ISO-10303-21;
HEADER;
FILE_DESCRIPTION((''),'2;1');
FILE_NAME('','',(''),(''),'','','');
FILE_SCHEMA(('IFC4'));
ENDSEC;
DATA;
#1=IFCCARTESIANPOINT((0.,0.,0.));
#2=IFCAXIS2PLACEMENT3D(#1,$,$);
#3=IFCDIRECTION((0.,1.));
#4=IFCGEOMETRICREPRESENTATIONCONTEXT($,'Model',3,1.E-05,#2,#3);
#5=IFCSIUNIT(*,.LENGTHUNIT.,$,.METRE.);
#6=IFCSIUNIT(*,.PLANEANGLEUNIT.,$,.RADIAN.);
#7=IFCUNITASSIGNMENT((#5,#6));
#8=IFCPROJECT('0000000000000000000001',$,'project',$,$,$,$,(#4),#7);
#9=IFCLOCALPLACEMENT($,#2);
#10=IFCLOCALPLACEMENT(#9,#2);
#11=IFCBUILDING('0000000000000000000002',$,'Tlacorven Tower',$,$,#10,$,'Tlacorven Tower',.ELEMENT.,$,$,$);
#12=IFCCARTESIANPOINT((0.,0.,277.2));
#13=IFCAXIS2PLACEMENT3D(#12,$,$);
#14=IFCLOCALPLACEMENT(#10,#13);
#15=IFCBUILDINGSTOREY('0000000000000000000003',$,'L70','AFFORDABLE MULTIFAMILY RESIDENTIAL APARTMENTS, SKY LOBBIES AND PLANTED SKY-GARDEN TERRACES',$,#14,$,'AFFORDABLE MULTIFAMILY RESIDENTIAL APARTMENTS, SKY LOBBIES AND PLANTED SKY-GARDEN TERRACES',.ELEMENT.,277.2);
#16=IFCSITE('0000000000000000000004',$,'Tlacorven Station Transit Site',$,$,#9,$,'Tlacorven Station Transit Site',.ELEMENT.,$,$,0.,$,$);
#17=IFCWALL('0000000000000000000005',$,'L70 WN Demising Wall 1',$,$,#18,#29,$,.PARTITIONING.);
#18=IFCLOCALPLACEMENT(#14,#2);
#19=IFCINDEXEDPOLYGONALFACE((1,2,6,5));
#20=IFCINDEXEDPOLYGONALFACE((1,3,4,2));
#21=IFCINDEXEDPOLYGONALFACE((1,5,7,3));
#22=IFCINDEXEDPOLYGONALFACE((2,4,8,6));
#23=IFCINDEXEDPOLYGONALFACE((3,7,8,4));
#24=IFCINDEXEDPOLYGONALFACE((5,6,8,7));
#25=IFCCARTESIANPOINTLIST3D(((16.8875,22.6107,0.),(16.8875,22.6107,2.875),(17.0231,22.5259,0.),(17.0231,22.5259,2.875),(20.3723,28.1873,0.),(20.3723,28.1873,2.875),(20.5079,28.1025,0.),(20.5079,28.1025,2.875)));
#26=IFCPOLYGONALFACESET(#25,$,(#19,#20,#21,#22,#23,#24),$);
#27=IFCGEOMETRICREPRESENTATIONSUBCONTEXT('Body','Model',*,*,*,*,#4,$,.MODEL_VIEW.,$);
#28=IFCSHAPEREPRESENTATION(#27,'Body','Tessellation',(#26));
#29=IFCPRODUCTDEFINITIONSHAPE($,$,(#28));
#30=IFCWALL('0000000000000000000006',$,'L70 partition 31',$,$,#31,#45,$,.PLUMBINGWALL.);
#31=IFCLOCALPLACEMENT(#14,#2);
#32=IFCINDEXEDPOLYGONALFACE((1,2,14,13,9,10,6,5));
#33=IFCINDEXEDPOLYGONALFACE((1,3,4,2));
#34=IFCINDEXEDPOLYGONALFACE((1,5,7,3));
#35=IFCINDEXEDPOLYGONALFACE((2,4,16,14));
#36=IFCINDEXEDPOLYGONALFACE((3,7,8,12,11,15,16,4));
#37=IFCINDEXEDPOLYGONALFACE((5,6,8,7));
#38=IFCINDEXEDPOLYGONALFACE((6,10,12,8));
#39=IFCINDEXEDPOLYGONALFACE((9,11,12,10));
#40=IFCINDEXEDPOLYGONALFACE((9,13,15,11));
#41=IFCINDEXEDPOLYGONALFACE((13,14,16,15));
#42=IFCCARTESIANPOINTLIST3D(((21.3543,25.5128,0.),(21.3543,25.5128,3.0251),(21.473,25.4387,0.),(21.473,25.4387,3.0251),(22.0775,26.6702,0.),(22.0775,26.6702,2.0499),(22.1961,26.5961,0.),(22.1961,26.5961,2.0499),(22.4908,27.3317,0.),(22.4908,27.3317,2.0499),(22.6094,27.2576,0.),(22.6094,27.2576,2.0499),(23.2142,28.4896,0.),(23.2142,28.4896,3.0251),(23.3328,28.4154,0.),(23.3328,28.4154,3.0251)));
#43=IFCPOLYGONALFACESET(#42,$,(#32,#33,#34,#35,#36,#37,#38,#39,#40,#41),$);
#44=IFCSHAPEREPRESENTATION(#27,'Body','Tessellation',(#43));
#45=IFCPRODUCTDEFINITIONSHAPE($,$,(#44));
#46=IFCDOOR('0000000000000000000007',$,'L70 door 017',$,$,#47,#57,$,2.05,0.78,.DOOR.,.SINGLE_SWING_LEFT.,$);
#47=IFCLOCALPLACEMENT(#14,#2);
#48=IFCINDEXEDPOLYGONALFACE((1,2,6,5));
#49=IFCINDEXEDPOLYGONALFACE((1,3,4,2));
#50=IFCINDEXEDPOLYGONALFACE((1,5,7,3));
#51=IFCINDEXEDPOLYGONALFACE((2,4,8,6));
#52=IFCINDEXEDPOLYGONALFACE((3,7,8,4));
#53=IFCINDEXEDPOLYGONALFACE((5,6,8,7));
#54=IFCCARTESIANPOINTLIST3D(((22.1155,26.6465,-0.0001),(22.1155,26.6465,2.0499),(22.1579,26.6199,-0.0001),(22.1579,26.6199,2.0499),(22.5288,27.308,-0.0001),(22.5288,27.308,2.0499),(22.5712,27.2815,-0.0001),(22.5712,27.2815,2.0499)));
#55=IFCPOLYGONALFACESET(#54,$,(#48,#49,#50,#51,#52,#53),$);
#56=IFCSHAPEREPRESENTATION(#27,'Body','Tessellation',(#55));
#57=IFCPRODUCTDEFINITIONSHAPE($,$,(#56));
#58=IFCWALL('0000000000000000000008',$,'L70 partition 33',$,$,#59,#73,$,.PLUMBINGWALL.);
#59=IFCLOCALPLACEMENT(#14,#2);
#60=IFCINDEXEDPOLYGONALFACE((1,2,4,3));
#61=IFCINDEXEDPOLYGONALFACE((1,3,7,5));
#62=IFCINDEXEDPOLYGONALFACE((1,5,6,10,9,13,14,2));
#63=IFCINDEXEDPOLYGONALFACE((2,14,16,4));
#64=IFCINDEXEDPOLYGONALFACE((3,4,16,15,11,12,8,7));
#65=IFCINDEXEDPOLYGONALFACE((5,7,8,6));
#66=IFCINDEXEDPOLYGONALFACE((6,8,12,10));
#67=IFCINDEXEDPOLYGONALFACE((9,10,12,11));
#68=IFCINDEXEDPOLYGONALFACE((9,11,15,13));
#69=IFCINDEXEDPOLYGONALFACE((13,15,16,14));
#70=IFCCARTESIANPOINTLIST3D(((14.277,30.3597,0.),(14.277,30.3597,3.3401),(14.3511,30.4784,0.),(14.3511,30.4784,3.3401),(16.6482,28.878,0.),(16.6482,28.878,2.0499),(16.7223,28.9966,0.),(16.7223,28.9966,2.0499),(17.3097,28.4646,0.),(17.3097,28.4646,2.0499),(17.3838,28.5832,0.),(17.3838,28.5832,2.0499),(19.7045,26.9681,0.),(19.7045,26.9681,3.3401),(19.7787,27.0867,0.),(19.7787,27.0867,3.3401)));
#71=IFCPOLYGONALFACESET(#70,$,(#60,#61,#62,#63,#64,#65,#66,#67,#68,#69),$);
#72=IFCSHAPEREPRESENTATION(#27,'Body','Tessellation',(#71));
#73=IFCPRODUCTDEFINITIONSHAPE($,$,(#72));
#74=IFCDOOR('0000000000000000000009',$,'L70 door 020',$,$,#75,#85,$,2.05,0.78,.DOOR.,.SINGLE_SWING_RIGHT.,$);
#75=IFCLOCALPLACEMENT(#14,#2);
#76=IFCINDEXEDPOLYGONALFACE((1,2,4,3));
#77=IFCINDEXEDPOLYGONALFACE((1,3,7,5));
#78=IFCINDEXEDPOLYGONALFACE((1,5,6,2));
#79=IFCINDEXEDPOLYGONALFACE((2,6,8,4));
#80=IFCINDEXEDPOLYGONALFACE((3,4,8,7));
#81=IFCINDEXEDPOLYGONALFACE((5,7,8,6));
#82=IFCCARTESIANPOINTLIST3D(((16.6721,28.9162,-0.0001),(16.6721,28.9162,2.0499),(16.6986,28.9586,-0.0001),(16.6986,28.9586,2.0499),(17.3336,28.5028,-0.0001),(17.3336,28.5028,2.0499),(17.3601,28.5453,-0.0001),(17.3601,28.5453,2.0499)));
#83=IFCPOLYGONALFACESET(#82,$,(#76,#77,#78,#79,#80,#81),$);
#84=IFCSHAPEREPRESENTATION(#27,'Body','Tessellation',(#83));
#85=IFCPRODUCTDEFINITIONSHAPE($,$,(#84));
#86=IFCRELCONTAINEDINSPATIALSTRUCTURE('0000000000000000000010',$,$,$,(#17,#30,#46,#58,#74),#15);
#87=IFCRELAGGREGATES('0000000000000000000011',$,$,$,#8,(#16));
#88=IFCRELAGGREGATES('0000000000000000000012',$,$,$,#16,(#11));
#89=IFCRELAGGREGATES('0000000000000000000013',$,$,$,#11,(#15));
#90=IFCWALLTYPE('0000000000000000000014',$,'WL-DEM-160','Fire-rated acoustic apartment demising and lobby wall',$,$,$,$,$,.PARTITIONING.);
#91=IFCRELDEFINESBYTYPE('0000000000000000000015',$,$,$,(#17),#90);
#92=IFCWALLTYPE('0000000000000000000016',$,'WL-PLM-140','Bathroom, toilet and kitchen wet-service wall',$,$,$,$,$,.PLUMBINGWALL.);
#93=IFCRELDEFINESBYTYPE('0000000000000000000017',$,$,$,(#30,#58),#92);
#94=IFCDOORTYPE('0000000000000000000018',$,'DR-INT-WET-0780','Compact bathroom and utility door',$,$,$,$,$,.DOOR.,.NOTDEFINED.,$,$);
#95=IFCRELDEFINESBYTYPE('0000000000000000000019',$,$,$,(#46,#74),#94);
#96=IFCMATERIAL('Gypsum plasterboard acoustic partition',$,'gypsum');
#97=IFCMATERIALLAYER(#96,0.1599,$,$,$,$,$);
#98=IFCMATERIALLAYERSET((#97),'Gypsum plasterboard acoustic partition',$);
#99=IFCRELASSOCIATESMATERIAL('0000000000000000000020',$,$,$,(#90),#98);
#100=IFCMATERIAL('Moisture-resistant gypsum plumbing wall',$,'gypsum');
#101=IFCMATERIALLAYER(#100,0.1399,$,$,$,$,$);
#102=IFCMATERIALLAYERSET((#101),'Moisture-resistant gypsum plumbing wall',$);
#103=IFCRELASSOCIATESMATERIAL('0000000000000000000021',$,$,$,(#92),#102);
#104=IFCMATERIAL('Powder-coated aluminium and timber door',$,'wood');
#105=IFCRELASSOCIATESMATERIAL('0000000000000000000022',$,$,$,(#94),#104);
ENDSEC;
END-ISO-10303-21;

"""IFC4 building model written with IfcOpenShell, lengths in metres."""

from ifc_helpers import new_model, si_unit, direction, frame, frame_2d, origin, place, context, subcontext, project, spatial, rectangle, extrude, source, transform, mapped, material, layer, layer_set, type_object, element, fill, save


model = new_model("IFC4")

# Units and contexts
model_context = context("Model", 3, precision=1e-05, world=origin(), true_north=direction((0.0, 1.0)))
body_context = subcontext(model_context, "Body", "Model", "MODEL_VIEW")
ifc_project = project(units=[si_unit("LENGTHUNIT", "METRE"), si_unit("PLANEANGLEUNIT", "RADIAN")], contexts=[model_context])

# Site, building, storey
site_placement = place(None, origin())
site = spatial("IfcSite", under=ifc_project, at=site_placement, Name="Tlacorven Station Transit Site", LongName="Tlacorven Station Transit Site", CompositionType="ELEMENT", RefElevation=0.0)
building_placement = place(site_placement, origin())
building = spatial("IfcBuilding", under=site, at=building_placement, Name="Tlacorven Tower", LongName="Tlacorven Tower", CompositionType="ELEMENT")
storey_placement = place(building_placement, frame((0.0, 0.0, 277.2)))
storey = spatial("IfcBuildingStorey", under=building, at=storey_placement, Name="L70", Description="AFFORDABLE MULTIFAMILY RESIDENTIAL APARTMENTS, SKY LOBBIES AND PLANTED SKY-GARDEN TERRACES", LongName="AFFORDABLE MULTIFAMILY RESIDENTIAL APARTMENTS, SKY LOBBIES AND PLANTED SKY-GARDEN TERRACES", CompositionType="ELEMENT", Elevation=277.2)

# Shared definitions
ifc_material_1 = material(Name="Gypsum plasterboard acoustic partition", Category="gypsum")
ifc_layer_1 = layer(ifc_material_1, 0.1599)
ifc_layer_set_1 = layer_set([ifc_layer_1], Name="Gypsum plasterboard acoustic partition")
wall_type_1 = type_object("IfcWallType", Name="WL-DEM-160", Description="Fire-rated acoustic apartment demising and lobby wall", PredefinedType="PARTITIONING", material=ifc_layer_set_1)

# Wall
wall_1_placement = place(storey_placement, frame((20.4402, 28.145, 0.0), z_axis=(0.0, 0.0, 1.0), x_axis=(-0.529939, -0.848036, 0.0)))
element("IfcWall", 1, at=wall_1_placement, inside=storey, type_object=wall_type_1, Name="L70 WN Demising Wall 1", PredefinedType="PARTITIONING", context=body_context, shape_type="SweptSolid", body=[
    extrude(rectangle(XDim=6.5759, YDim=0.1599, at=frame_2d((3.2881, 0.0))), origin(), (0.0, 0.0, 1.0), 2.875),
])

# Walls, openings, doors
ifc_material_2 = material(Name="Moisture-resistant gypsum plumbing wall", Category="gypsum")
ifc_layer_2 = layer(ifc_material_2, 0.1399)
ifc_layer_set_2 = layer_set([ifc_layer_2], Name="Moisture-resistant gypsum plumbing wall")
wall_type_2 = type_object("IfcWallType", Name="WL-PLM-140", Description="Bathroom, toilet and kitchen wet-service wall", PredefinedType="PLUMBINGWALL", material=ifc_layer_set_2)
wall_2_placement = place(storey_placement, frame((23.2734, 28.4524, 0.0), z_axis=(0.0, 0.0, 1.0), x_axis=(-0.529868, -0.84808, 0.0)))
wall_2 = element("IfcWall", 2, at=wall_2_placement, inside=storey, type_object=wall_type_2, Name="L70 partition 31", PredefinedType="PLUMBINGWALL", context=body_context, shape_type="SweptSolid", body=[
    extrude(rectangle(XDim=3.51, YDim=0.1399, at=frame_2d((1.7549, 0.0))), origin(), (0.0, 0.0, 1.0), 3.0251),
])
opening_1_placement = place(wall_2_placement, frame((1.365, 0.0, 0.0)))
opening_1 = element("IfcOpeningElement", 3, at=opening_1_placement, cuts=wall_2, PredefinedType="OPENING", context=body_context, shape_type="SweptSolid", body=[
    extrude(rectangle(XDim=0.78, YDim=2.05, at=frame_2d((0.3901, 1.0249))), frame((0.0, 0.0801, 0.0), z_axis=(0.0, -1.0, 0.0), x_axis=(1.0, 0.0, 0.0)), (0.0, 0.0, 1.0), 0.1599),
])
ifc_material_3 = material(Name="Powder-coated aluminium and timber door", Category="wood")
door_type_1 = type_object("IfcDoorType", Name="DR-INT-WET-0780", Description="Compact bathroom and utility door", OperationType="NOTDEFINED", PredefinedType="DOOR", material=ifc_material_3)
shared_shape_1 = source(origin(), body_context, "Body", "SweptSolid", [
    extrude(rectangle(XDim=0.78, YDim=2.05, at=frame_2d((0.3901, 1.0249))), frame((0.0, 0.0249, 0.0), z_axis=(0.0, -1.0, 0.0), x_axis=(1.0, 0.0, 0.0)), (0.0, 0.0, 1.0), 0.05),
])
door_1_placement = place(opening_1_placement, origin())
door_1 = element("IfcDoor", 4, at=door_1_placement, inside=storey, type_object=door_type_1, Name="L70 door 017", OperationType="SINGLE_SWING_LEFT", OverallHeight=2.05, OverallWidth=0.78, PredefinedType="DOOR", context=body_context, shape_type="MappedRepresentation", body=[
    mapped(shared_shape_1, transform((0.0, 0.0, 0.0), scale=1.0)),
])
fill(opening_1, door_1)
wall_3_placement = place(storey_placement, frame((19.7417, 27.0273, 0.0), z_axis=(0.0, 0.0, 1.0), x_axis=(-0.848039, 0.529934, 0.0)))
wall_3 = element("IfcWall", 5, at=wall_3_placement, inside=storey, type_object=wall_type_2, Name="L70 partition 33", PredefinedType="PLUMBINGWALL", context=body_context, shape_type="SweptSolid", body=[
    extrude(rectangle(XDim=6.4001, YDim=0.1399, at=frame_2d((3.2002, 0.0))), origin(), (0.0, 0.0, 1.0), 3.3401),
])
opening_2_placement = place(wall_3_placement, frame((2.824, 0.0, 0.0)))
opening_2 = element("IfcOpeningElement", 6, at=opening_2_placement, cuts=wall_3, PredefinedType="OPENING", context=body_context, shape_type="SweptSolid", body=[
    extrude(rectangle(XDim=0.78, YDim=2.05, at=frame_2d((0.3901, 1.0249))), frame((0.0, 0.0801, 0.0), z_axis=(0.0, -1.0, 0.0), x_axis=(1.0, 0.0, 0.0)), (0.0, 0.0, 1.0), 0.1599),
])
door_2_placement = place(opening_2_placement, origin())
door_2 = element("IfcDoor", 7, at=door_2_placement, inside=storey, type_object=door_type_1, Name="L70 door 020", OperationType="SINGLE_SWING_RIGHT", OverallHeight=2.05, OverallWidth=0.78, PredefinedType="DOOR", context=body_context, shape_type="MappedRepresentation", body=[
    mapped(shared_shape_1, transform((0.0, 0.0, 0.0), scale=1.0)),
])
fill(opening_2, door_2)

save(model, "model.ifc")
